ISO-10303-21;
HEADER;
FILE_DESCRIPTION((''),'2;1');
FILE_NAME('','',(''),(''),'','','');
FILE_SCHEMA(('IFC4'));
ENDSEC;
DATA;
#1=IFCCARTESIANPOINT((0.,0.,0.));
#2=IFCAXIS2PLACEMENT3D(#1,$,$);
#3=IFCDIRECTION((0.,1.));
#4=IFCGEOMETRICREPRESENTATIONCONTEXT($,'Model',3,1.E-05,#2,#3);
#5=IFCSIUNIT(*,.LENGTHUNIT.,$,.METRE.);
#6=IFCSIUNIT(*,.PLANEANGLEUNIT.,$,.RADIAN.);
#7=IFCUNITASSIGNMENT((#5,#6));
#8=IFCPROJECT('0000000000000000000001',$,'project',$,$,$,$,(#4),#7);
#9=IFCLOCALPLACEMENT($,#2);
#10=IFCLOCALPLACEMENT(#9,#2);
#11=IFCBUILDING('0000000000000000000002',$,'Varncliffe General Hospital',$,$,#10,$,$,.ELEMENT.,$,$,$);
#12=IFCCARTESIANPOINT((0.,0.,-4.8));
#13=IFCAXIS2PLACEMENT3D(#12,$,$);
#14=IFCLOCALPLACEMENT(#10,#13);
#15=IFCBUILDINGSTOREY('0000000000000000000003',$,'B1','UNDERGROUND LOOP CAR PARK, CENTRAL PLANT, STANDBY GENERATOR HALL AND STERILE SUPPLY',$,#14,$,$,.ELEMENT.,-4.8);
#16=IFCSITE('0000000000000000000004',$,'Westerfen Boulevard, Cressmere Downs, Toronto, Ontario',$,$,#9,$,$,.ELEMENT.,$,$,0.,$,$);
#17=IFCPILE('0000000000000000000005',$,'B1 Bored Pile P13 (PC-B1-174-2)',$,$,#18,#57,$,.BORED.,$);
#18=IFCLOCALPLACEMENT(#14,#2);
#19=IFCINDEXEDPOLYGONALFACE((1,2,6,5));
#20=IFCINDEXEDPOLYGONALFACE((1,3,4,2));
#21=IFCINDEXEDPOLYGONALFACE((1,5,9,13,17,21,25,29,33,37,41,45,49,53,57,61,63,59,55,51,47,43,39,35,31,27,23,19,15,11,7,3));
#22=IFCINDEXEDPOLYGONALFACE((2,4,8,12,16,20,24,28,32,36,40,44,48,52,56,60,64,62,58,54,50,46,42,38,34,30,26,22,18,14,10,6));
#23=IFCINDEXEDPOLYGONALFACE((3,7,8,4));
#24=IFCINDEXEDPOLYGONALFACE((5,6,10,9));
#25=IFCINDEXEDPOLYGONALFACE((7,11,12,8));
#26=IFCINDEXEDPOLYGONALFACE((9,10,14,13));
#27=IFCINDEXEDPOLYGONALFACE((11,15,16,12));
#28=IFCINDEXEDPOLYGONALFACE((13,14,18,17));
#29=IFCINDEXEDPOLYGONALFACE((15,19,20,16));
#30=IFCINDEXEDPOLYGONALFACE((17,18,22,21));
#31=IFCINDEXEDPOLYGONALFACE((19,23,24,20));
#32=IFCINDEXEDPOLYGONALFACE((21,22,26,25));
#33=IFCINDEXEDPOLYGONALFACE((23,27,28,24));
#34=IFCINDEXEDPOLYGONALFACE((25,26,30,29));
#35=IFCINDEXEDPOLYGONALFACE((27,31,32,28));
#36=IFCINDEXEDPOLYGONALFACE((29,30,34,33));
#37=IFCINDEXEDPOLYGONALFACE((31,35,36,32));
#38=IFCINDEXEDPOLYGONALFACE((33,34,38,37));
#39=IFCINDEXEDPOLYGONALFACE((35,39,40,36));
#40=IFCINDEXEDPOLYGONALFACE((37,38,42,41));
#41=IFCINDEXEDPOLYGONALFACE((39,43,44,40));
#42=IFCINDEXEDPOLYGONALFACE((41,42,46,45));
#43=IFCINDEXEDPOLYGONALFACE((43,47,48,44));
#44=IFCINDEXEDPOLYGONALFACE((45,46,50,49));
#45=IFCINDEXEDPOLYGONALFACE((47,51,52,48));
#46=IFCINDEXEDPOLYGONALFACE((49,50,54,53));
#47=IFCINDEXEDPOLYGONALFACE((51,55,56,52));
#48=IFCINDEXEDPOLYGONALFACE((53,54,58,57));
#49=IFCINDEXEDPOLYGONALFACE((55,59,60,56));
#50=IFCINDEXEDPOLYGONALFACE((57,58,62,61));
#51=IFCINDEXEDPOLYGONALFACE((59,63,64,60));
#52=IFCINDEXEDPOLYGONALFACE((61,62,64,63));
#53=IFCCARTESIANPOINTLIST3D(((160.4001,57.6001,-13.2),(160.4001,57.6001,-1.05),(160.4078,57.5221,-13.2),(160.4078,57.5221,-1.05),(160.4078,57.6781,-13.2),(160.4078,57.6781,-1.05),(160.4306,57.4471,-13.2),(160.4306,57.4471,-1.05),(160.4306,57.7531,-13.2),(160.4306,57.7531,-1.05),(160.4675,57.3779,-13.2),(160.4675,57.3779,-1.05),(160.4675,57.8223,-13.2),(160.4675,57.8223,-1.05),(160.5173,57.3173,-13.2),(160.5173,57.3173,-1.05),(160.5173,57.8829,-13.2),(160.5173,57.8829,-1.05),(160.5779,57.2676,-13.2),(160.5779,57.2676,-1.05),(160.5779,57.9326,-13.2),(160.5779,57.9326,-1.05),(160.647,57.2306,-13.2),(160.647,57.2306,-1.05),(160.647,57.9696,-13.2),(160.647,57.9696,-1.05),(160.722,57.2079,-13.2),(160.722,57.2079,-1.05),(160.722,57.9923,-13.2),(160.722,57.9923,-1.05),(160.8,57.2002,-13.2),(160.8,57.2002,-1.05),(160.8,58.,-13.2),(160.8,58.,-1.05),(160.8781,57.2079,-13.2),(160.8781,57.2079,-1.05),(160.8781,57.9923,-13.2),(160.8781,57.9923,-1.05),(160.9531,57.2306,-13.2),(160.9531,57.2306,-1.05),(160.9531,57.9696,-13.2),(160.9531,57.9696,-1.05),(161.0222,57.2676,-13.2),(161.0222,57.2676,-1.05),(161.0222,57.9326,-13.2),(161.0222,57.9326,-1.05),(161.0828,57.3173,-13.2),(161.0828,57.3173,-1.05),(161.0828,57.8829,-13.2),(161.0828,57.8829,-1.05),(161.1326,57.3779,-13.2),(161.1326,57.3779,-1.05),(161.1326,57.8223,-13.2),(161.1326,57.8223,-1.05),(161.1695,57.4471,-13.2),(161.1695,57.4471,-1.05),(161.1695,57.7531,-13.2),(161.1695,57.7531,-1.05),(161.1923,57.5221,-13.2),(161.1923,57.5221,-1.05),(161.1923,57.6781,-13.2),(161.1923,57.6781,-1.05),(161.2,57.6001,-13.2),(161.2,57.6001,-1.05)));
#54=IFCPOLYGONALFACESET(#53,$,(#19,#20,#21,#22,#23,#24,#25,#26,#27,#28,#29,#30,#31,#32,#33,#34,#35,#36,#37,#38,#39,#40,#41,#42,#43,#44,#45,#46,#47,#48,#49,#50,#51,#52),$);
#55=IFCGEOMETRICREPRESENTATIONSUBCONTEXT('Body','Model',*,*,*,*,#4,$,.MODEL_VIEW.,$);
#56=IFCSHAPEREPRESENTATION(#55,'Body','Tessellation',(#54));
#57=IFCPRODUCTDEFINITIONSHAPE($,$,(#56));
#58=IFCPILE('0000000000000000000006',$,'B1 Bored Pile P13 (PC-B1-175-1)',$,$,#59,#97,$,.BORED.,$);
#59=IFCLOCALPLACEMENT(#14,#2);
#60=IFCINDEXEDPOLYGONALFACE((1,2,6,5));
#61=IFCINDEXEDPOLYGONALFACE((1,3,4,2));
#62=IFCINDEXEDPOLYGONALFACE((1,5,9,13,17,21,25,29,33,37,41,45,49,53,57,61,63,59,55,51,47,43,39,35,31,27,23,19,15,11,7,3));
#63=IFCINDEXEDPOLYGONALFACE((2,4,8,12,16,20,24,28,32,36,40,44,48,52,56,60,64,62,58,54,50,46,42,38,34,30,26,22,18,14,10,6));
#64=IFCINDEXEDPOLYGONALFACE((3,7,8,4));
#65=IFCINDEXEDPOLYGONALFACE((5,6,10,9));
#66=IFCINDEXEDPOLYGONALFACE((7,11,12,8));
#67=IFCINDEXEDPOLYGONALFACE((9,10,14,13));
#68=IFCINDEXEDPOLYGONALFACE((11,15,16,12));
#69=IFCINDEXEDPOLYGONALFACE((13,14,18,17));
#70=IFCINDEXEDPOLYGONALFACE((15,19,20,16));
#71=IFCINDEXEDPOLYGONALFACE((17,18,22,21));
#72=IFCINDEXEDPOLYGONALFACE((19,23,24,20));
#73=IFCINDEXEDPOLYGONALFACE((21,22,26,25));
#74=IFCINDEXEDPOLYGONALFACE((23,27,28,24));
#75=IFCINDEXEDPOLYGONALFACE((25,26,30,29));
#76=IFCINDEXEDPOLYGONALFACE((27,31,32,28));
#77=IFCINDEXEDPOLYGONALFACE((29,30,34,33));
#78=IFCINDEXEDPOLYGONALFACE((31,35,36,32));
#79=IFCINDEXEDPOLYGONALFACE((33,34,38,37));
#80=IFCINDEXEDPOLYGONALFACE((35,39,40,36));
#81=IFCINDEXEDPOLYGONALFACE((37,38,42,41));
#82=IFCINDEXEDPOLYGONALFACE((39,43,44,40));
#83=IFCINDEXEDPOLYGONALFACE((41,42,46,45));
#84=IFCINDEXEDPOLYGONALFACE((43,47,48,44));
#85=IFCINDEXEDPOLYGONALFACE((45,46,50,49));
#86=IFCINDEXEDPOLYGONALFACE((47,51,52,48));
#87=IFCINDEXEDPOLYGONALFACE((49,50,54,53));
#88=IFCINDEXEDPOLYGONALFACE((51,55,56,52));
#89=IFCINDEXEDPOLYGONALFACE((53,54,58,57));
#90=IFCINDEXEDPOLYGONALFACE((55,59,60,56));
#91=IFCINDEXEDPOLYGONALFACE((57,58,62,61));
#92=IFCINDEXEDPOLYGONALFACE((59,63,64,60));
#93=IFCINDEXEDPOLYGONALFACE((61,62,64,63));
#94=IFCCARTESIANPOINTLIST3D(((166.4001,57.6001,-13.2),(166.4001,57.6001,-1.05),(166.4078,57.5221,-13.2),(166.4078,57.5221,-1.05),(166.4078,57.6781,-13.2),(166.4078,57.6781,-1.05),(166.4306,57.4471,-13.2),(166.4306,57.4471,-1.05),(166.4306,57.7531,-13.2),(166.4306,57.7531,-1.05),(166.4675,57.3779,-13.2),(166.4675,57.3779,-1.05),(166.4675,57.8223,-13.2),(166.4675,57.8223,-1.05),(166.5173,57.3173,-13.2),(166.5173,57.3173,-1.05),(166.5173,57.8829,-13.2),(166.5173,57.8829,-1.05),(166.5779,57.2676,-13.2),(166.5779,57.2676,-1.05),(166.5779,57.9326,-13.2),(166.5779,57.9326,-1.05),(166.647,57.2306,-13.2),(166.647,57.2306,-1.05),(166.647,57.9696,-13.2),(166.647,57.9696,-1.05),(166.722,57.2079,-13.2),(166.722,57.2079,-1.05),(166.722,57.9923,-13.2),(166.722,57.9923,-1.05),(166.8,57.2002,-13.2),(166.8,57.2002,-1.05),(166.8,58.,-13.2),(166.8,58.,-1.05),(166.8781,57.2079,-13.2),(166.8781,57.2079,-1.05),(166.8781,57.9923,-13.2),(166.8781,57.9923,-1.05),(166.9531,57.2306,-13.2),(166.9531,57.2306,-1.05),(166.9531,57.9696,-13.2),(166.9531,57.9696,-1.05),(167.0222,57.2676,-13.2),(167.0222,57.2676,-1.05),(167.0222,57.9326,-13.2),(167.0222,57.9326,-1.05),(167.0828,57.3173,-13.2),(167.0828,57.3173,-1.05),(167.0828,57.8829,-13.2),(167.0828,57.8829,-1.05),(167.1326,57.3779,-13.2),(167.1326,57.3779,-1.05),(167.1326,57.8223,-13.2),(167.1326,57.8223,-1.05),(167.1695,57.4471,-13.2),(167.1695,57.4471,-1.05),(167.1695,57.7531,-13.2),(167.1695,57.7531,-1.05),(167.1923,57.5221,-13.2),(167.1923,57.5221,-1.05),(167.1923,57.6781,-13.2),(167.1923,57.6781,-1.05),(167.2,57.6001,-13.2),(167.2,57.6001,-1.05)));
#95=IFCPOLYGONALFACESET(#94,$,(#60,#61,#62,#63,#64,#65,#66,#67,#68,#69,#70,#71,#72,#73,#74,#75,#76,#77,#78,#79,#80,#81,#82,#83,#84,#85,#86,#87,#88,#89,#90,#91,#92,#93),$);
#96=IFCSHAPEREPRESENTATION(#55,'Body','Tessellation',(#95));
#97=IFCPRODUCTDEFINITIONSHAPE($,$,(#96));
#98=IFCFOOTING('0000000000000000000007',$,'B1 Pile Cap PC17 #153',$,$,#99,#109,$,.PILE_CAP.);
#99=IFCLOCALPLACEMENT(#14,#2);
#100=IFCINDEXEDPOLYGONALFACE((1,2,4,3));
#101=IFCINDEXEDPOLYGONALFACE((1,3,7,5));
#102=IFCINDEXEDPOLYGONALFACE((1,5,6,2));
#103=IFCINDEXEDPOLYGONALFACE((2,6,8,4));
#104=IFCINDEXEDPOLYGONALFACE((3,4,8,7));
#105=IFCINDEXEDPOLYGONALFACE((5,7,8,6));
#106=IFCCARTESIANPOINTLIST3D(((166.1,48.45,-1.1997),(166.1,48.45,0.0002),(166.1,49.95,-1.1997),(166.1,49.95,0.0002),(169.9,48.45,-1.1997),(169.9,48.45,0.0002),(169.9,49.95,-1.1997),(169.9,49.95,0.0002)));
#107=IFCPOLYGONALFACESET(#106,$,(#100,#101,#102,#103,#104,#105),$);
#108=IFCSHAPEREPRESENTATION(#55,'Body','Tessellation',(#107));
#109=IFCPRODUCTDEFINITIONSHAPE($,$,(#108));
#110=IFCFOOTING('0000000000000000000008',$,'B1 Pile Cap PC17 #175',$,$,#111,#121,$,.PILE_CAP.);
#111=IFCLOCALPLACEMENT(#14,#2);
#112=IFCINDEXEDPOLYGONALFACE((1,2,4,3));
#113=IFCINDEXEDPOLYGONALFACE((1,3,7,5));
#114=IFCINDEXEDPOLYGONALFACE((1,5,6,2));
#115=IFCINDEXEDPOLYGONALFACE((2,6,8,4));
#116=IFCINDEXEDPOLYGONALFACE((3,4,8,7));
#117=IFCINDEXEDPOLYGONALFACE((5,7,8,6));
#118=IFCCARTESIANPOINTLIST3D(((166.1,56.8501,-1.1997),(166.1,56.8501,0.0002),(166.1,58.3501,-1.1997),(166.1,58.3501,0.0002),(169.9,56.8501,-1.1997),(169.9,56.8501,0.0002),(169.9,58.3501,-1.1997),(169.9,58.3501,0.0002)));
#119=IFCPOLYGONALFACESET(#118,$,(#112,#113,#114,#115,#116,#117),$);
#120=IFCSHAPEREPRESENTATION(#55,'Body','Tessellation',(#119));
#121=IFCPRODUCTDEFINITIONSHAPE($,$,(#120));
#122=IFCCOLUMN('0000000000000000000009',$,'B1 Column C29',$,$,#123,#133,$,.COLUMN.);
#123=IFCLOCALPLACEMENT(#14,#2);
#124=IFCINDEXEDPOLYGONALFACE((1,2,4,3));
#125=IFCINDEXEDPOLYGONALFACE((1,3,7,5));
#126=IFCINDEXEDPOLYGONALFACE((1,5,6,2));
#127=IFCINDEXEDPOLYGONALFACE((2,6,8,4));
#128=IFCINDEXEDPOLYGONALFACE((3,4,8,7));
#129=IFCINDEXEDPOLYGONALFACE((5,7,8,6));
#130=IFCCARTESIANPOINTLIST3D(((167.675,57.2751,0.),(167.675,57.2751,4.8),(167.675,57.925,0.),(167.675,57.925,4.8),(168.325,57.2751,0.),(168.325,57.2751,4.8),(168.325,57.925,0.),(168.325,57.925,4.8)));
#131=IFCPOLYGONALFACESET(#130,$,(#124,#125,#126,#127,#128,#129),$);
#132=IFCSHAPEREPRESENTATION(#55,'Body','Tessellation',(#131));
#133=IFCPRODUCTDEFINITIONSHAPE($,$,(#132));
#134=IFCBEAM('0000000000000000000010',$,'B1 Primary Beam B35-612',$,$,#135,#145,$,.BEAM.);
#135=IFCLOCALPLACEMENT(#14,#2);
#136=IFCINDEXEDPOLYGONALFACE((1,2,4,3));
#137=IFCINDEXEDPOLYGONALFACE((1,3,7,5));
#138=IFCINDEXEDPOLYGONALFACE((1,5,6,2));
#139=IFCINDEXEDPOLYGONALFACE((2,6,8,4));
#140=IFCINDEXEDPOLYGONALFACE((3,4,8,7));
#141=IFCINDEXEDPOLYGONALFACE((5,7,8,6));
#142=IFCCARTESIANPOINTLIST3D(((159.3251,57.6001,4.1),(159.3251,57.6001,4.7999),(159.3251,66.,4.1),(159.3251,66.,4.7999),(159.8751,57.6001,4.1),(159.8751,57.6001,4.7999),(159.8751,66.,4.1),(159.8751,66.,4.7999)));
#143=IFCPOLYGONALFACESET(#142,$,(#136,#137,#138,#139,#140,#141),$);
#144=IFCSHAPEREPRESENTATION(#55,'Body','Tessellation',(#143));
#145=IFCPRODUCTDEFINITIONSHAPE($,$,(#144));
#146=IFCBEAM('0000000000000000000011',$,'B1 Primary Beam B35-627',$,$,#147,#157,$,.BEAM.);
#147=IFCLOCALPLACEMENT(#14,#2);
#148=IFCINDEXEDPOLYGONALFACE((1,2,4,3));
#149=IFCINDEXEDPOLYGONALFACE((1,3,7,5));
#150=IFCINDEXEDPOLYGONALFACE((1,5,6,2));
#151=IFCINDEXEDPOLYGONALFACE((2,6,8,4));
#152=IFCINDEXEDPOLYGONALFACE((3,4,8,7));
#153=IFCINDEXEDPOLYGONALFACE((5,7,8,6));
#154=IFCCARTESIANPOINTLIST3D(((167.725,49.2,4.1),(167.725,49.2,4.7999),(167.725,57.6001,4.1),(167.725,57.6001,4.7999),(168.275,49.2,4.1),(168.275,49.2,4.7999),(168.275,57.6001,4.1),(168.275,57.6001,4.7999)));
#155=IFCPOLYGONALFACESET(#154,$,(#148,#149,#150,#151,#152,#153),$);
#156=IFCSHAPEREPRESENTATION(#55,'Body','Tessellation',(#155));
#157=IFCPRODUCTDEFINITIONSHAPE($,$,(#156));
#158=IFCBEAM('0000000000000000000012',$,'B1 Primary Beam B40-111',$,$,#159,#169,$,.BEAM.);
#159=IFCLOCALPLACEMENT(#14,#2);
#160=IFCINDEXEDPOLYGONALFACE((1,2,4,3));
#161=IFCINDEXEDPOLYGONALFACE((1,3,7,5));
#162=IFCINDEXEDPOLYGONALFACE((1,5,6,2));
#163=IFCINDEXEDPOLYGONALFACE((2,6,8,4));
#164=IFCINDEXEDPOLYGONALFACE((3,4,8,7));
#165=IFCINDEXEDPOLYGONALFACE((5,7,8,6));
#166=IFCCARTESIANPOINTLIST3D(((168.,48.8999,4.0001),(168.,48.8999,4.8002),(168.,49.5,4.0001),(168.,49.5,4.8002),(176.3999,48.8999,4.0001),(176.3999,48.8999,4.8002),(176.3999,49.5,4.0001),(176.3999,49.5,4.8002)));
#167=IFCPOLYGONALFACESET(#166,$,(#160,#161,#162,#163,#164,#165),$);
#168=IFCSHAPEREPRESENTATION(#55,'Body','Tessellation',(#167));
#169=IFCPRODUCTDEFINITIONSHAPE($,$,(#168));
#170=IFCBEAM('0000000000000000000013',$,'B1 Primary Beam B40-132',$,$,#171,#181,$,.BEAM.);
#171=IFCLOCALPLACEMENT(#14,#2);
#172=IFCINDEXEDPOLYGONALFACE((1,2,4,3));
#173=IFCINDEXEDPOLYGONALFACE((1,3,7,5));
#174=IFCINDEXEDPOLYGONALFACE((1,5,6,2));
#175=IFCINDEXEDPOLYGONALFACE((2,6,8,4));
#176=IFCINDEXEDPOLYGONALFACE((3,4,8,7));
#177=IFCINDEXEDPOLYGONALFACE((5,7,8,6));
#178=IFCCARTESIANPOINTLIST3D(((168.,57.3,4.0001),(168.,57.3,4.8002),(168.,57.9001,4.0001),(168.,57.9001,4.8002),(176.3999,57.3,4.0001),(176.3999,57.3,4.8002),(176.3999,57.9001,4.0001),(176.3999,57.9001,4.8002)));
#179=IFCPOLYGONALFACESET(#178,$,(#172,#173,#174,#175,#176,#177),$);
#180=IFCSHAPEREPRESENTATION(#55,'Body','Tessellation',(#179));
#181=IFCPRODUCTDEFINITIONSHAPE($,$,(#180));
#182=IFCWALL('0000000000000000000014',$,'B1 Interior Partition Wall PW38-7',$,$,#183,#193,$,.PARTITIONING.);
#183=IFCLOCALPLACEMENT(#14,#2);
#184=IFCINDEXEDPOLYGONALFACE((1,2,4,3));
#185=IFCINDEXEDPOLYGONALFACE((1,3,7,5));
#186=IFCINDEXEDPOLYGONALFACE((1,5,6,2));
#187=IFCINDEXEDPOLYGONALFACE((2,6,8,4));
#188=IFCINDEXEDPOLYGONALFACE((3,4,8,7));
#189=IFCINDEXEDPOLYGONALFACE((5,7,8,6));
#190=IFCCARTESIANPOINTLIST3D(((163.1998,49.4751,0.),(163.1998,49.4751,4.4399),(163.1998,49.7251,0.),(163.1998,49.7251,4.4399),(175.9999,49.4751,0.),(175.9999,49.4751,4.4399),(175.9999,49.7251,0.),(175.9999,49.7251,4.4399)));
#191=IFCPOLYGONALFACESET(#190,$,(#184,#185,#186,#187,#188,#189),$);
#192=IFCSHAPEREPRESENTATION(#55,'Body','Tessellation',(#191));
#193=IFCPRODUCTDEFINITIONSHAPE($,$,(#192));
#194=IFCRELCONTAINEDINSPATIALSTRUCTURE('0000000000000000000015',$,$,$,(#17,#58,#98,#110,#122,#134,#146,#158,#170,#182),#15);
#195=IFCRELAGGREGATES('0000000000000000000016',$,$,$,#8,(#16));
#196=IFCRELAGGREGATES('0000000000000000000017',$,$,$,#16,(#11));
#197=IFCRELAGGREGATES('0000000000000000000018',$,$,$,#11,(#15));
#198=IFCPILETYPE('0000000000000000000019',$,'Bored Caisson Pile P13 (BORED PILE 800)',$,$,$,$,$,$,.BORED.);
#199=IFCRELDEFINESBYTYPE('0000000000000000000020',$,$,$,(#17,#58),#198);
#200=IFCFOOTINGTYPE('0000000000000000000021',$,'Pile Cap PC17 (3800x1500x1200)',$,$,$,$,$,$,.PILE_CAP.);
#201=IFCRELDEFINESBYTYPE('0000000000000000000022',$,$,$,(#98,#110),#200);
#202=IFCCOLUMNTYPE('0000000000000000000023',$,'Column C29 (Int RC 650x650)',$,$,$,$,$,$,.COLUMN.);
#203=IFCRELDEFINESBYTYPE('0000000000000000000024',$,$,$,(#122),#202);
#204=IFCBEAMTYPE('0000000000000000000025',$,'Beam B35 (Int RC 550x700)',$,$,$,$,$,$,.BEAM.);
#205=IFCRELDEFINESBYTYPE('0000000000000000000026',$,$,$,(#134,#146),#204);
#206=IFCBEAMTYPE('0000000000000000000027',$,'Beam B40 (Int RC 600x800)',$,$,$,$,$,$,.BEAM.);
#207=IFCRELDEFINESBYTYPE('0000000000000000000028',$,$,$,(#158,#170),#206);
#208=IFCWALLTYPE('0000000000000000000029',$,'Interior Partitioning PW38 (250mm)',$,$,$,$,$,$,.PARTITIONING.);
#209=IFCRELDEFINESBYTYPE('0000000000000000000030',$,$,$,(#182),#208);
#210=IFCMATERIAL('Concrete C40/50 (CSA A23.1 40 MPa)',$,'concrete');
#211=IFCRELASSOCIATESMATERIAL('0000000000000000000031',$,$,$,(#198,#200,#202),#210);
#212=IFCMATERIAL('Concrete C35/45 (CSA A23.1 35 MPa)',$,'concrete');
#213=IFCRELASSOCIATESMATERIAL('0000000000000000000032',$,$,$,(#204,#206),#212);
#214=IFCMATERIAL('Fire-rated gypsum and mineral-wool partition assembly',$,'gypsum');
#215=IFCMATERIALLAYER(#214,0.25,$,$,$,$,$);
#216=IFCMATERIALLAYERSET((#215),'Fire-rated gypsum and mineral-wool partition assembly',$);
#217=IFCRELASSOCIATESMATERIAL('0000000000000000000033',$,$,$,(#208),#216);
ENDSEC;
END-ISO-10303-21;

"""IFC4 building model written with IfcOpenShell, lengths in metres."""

from ifc_helpers import new_model, si_unit, direction, frame, frame_2d, origin, origin_2d, place, context, subcontext, project, spatial, rectangle, circle, extrude, material, layer, layer_set, material_profile, profile_set, type_object, element, save


model = new_model("IFC4")

# Units and contexts
model_context = context("Model", 3, precision=1e-05, world=origin(), true_north=direction((0.0, 1.0)))
body_context = subcontext(model_context, "Body", "Model", "MODEL_VIEW")
ifc_project = project(units=[si_unit("LENGTHUNIT", "METRE"), si_unit("PLANEANGLEUNIT", "RADIAN")], contexts=[model_context])

# Site, building, storey
site_placement = place(None, origin())
site = spatial("IfcSite", under=ifc_project, at=site_placement, Name="Westerfen Boulevard, Cressmere Downs, Toronto, Ontario", CompositionType="ELEMENT", RefElevation=0.0)
building_placement = place(site_placement, origin())
building = spatial("IfcBuilding", under=site, at=building_placement, Name="Varncliffe General Hospital", CompositionType="ELEMENT")
storey_placement = place(building_placement, frame((0.0, 0.0, -4.8)))
storey = spatial("IfcBuildingStorey", under=building, at=storey_placement, Name="B1", Description="UNDERGROUND LOOP CAR PARK, CENTRAL PLANT, STANDBY GENERATOR HALL AND STERILE SUPPLY", CompositionType="ELEMENT", Elevation=-4.8)

# Piles
ifc_material_1 = material(Name="Concrete C40/50 (CSA A23.1 40 MPa)", Category="concrete")
ifc_material_profile_1 = material_profile(ifc_material_1, circle(Radius=0.3999, at=origin_2d()), Name="BORED PILE 800")
ifc_profile_set_1 = profile_set([ifc_material_profile_1], Name="Concrete C40/50 (CSA A23.1 40 MPa)")
pile_type = type_object("IfcPileType", Name="Bored Caisson Pile P13 (BORED PILE 800)", PredefinedType="BORED", material=ifc_profile_set_1)
for number, where, z_axis, x_axis, name in (
    (1, (160.8, 57.6001, -1.05), (0.0, 0.0, -1.0), (1.0, 0.0, 0.0), "B1 Bored Pile P13 (PC-B1-174-2)"),
    (2, (166.8, 57.6001, -1.05), (0.0, 0.0, -1.0), (1.0, 0.0, 0.0), "B1 Bored Pile P13 (PC-B1-175-1)"),
):
    element("IfcPile", number, at=place(storey_placement, frame(where, z_axis=z_axis, x_axis=x_axis)), inside=storey, type_object=pile_type, Name=name, PredefinedType="BORED", context=body_context, shape_type="SweptSolid", body=[
        extrude(circle(Radius=0.3999, at=origin_2d()), origin(), (0.0, 0.0, 1.0), 12.1499),
    ])

# Footings
footing_type = type_object("IfcFootingType", Name="Pile Cap PC17 (3800x1500x1200)", PredefinedType="PILE_CAP", material=ifc_material_1)
for number, where, z_axis, x_axis, name in (
    (3, (168.0, 49.2, -1.1997), (0.0, 0.0, 1.0), (1.0, 0.0, 0.0), "B1 Pile Cap PC17 #153"),
    (4, (168.0, 57.6001, -1.1997), (0.0, 0.0, 1.0), (1.0, 0.0, 0.0), "B1 Pile Cap PC17 #175"),
):
    element("IfcFooting", number, at=place(storey_placement, frame(where, z_axis=z_axis, x_axis=x_axis)), inside=storey, type_object=footing_type, Name=name, PredefinedType="PILE_CAP", context=body_context, shape_type="SweptSolid", body=[
        extrude(rectangle(XDim=3.8, YDim=1.5, at=origin_2d()), origin(), (0.0, 0.0, 1.0), 1.2),
    ])

# Column
ifc_material_profile_2 = material_profile(ifc_material_1, rectangle(XDim=0.6499, YDim=0.6499, at=origin_2d()), Name="RC 650x650")
ifc_profile_set_2 = profile_set([ifc_material_profile_2], Name="Concrete C40/50 (CSA A23.1 40 MPa)")
column_type = type_object("IfcColumnType", Name="Column C29 (Int RC 650x650)", PredefinedType="COLUMN", material=ifc_profile_set_2)
column_placement = place(storey_placement, frame((168.0, 57.6001, 0.0), z_axis=(0.0, 0.0, 1.0), x_axis=(1.0, 0.0, 0.0)))
element("IfcColumn", 5, at=column_placement, inside=storey, type_object=column_type, Name="B1 Column C29", PredefinedType="COLUMN", context=body_context, shape_type="SweptSolid", body=[
    extrude(rectangle(XDim=0.6499, YDim=0.6499, at=origin_2d()), origin(), (0.0, 0.0, 1.0), 4.8),
])

# Beams
ifc_material_2 = material(Name="Concrete C35/45 (CSA A23.1 35 MPa)", Category="concrete")
ifc_material_profile_3 = material_profile(ifc_material_2, rectangle(XDim=0.55, YDim=0.7, at=origin_2d()), Name="RC 550x700")
ifc_profile_set_3 = profile_set([ifc_material_profile_3], Name="Concrete C35/45 (CSA A23.1 35 MPa)")
beam_type_1 = type_object("IfcBeamType", Name="Beam B35 (Int RC 550x700)", PredefinedType="BEAM", material=ifc_profile_set_3)
beam_1_placement = place(storey_placement, frame((159.6001, 57.6001, 4.45), z_axis=(0.0, 1.0, 0.0), x_axis=(-1.0, 0.0, 0.0)))
element("IfcBeam", 6, at=beam_1_placement, inside=storey, type_object=beam_type_1, Name="B1 Primary Beam B35-612", PredefinedType="BEAM", context=body_context, shape_type="SweptSolid", body=[
    extrude(rectangle(XDim=0.55, YDim=0.7, at=origin_2d()), origin(), (0.0, 0.0, 1.0), 8.3999),
])
beam_2_placement = place(storey_placement, frame((168.0, 49.2, 4.45), z_axis=(0.0, 1.0, 0.0), x_axis=(-1.0, 0.0, 0.0)))
element("IfcBeam", 7, at=beam_2_placement, inside=storey, type_object=beam_type_1, Name="B1 Primary Beam B35-627", PredefinedType="BEAM", context=body_context, shape_type="SweptSolid", body=[
    extrude(rectangle(XDim=0.55, YDim=0.7, at=origin_2d()), origin(), (0.0, 0.0, 1.0), 8.4001),
])
ifc_material_profile_4 = material_profile(ifc_material_2, rectangle(XDim=0.6001, YDim=0.8, at=origin_2d()), Name="RC 600x800")
ifc_profile_set_4 = profile_set([ifc_material_profile_4], Name="Concrete C35/45 (CSA A23.1 35 MPa)")
beam_type_2 = type_object("IfcBeamType", Name="Beam B40 (Int RC 600x800)", PredefinedType="BEAM", material=ifc_profile_set_4)
for number, where, z_axis, x_axis, name in (
    (8, (168.0, 49.2, 4.4001), (1.0, 0.0, 0.0), (0.0, 1.0, 0.0), "B1 Primary Beam B40-111"),
    (9, (168.0, 57.6001, 4.4001), (1.0, 0.0, 0.0), (0.0, 1.0, 0.0), "B1 Primary Beam B40-132"),
):
    element("IfcBeam", number, at=place(storey_placement, frame(where, z_axis=z_axis, x_axis=x_axis)), inside=storey, type_object=beam_type_2, Name=name, PredefinedType="BEAM", context=body_context, shape_type="SweptSolid", body=[
        extrude(rectangle(XDim=0.6001, YDim=0.8, at=origin_2d()), origin(), (0.0, 0.0, 1.0), 8.3999),
    ])

# Wall
ifc_material_3 = material(Name="Fire-rated gypsum and mineral-wool partition assembly", Category="gypsum")
ifc_layer_1 = layer(ifc_material_3, 0.25)
ifc_layer_set_1 = layer_set([ifc_layer_1], Name="Fire-rated gypsum and mineral-wool partition assembly")
wall_type_1 = type_object("IfcWallType", Name="Interior Partitioning PW38 (250mm)", PredefinedType="PARTITIONING", material=ifc_layer_set_1)
wall_1_placement = place(storey_placement, frame((163.2, 49.6001, 0.0), z_axis=(0.0, 0.0, 1.0), x_axis=(1.0, 0.0, 0.0)))
element("IfcWall", 10, at=wall_1_placement, inside=storey, type_object=wall_type_1, Name="B1 Interior Partition Wall PW38-7", PredefinedType="PARTITIONING", context=body_context, shape_type="SweptSolid", body=[
    extrude(rectangle(XDim=12.8, YDim=0.25, at=frame_2d((6.3999, 0.0))), origin(), (0.0, 0.0, 1.0), 4.4399),
])

save(model, "model.ifc")
